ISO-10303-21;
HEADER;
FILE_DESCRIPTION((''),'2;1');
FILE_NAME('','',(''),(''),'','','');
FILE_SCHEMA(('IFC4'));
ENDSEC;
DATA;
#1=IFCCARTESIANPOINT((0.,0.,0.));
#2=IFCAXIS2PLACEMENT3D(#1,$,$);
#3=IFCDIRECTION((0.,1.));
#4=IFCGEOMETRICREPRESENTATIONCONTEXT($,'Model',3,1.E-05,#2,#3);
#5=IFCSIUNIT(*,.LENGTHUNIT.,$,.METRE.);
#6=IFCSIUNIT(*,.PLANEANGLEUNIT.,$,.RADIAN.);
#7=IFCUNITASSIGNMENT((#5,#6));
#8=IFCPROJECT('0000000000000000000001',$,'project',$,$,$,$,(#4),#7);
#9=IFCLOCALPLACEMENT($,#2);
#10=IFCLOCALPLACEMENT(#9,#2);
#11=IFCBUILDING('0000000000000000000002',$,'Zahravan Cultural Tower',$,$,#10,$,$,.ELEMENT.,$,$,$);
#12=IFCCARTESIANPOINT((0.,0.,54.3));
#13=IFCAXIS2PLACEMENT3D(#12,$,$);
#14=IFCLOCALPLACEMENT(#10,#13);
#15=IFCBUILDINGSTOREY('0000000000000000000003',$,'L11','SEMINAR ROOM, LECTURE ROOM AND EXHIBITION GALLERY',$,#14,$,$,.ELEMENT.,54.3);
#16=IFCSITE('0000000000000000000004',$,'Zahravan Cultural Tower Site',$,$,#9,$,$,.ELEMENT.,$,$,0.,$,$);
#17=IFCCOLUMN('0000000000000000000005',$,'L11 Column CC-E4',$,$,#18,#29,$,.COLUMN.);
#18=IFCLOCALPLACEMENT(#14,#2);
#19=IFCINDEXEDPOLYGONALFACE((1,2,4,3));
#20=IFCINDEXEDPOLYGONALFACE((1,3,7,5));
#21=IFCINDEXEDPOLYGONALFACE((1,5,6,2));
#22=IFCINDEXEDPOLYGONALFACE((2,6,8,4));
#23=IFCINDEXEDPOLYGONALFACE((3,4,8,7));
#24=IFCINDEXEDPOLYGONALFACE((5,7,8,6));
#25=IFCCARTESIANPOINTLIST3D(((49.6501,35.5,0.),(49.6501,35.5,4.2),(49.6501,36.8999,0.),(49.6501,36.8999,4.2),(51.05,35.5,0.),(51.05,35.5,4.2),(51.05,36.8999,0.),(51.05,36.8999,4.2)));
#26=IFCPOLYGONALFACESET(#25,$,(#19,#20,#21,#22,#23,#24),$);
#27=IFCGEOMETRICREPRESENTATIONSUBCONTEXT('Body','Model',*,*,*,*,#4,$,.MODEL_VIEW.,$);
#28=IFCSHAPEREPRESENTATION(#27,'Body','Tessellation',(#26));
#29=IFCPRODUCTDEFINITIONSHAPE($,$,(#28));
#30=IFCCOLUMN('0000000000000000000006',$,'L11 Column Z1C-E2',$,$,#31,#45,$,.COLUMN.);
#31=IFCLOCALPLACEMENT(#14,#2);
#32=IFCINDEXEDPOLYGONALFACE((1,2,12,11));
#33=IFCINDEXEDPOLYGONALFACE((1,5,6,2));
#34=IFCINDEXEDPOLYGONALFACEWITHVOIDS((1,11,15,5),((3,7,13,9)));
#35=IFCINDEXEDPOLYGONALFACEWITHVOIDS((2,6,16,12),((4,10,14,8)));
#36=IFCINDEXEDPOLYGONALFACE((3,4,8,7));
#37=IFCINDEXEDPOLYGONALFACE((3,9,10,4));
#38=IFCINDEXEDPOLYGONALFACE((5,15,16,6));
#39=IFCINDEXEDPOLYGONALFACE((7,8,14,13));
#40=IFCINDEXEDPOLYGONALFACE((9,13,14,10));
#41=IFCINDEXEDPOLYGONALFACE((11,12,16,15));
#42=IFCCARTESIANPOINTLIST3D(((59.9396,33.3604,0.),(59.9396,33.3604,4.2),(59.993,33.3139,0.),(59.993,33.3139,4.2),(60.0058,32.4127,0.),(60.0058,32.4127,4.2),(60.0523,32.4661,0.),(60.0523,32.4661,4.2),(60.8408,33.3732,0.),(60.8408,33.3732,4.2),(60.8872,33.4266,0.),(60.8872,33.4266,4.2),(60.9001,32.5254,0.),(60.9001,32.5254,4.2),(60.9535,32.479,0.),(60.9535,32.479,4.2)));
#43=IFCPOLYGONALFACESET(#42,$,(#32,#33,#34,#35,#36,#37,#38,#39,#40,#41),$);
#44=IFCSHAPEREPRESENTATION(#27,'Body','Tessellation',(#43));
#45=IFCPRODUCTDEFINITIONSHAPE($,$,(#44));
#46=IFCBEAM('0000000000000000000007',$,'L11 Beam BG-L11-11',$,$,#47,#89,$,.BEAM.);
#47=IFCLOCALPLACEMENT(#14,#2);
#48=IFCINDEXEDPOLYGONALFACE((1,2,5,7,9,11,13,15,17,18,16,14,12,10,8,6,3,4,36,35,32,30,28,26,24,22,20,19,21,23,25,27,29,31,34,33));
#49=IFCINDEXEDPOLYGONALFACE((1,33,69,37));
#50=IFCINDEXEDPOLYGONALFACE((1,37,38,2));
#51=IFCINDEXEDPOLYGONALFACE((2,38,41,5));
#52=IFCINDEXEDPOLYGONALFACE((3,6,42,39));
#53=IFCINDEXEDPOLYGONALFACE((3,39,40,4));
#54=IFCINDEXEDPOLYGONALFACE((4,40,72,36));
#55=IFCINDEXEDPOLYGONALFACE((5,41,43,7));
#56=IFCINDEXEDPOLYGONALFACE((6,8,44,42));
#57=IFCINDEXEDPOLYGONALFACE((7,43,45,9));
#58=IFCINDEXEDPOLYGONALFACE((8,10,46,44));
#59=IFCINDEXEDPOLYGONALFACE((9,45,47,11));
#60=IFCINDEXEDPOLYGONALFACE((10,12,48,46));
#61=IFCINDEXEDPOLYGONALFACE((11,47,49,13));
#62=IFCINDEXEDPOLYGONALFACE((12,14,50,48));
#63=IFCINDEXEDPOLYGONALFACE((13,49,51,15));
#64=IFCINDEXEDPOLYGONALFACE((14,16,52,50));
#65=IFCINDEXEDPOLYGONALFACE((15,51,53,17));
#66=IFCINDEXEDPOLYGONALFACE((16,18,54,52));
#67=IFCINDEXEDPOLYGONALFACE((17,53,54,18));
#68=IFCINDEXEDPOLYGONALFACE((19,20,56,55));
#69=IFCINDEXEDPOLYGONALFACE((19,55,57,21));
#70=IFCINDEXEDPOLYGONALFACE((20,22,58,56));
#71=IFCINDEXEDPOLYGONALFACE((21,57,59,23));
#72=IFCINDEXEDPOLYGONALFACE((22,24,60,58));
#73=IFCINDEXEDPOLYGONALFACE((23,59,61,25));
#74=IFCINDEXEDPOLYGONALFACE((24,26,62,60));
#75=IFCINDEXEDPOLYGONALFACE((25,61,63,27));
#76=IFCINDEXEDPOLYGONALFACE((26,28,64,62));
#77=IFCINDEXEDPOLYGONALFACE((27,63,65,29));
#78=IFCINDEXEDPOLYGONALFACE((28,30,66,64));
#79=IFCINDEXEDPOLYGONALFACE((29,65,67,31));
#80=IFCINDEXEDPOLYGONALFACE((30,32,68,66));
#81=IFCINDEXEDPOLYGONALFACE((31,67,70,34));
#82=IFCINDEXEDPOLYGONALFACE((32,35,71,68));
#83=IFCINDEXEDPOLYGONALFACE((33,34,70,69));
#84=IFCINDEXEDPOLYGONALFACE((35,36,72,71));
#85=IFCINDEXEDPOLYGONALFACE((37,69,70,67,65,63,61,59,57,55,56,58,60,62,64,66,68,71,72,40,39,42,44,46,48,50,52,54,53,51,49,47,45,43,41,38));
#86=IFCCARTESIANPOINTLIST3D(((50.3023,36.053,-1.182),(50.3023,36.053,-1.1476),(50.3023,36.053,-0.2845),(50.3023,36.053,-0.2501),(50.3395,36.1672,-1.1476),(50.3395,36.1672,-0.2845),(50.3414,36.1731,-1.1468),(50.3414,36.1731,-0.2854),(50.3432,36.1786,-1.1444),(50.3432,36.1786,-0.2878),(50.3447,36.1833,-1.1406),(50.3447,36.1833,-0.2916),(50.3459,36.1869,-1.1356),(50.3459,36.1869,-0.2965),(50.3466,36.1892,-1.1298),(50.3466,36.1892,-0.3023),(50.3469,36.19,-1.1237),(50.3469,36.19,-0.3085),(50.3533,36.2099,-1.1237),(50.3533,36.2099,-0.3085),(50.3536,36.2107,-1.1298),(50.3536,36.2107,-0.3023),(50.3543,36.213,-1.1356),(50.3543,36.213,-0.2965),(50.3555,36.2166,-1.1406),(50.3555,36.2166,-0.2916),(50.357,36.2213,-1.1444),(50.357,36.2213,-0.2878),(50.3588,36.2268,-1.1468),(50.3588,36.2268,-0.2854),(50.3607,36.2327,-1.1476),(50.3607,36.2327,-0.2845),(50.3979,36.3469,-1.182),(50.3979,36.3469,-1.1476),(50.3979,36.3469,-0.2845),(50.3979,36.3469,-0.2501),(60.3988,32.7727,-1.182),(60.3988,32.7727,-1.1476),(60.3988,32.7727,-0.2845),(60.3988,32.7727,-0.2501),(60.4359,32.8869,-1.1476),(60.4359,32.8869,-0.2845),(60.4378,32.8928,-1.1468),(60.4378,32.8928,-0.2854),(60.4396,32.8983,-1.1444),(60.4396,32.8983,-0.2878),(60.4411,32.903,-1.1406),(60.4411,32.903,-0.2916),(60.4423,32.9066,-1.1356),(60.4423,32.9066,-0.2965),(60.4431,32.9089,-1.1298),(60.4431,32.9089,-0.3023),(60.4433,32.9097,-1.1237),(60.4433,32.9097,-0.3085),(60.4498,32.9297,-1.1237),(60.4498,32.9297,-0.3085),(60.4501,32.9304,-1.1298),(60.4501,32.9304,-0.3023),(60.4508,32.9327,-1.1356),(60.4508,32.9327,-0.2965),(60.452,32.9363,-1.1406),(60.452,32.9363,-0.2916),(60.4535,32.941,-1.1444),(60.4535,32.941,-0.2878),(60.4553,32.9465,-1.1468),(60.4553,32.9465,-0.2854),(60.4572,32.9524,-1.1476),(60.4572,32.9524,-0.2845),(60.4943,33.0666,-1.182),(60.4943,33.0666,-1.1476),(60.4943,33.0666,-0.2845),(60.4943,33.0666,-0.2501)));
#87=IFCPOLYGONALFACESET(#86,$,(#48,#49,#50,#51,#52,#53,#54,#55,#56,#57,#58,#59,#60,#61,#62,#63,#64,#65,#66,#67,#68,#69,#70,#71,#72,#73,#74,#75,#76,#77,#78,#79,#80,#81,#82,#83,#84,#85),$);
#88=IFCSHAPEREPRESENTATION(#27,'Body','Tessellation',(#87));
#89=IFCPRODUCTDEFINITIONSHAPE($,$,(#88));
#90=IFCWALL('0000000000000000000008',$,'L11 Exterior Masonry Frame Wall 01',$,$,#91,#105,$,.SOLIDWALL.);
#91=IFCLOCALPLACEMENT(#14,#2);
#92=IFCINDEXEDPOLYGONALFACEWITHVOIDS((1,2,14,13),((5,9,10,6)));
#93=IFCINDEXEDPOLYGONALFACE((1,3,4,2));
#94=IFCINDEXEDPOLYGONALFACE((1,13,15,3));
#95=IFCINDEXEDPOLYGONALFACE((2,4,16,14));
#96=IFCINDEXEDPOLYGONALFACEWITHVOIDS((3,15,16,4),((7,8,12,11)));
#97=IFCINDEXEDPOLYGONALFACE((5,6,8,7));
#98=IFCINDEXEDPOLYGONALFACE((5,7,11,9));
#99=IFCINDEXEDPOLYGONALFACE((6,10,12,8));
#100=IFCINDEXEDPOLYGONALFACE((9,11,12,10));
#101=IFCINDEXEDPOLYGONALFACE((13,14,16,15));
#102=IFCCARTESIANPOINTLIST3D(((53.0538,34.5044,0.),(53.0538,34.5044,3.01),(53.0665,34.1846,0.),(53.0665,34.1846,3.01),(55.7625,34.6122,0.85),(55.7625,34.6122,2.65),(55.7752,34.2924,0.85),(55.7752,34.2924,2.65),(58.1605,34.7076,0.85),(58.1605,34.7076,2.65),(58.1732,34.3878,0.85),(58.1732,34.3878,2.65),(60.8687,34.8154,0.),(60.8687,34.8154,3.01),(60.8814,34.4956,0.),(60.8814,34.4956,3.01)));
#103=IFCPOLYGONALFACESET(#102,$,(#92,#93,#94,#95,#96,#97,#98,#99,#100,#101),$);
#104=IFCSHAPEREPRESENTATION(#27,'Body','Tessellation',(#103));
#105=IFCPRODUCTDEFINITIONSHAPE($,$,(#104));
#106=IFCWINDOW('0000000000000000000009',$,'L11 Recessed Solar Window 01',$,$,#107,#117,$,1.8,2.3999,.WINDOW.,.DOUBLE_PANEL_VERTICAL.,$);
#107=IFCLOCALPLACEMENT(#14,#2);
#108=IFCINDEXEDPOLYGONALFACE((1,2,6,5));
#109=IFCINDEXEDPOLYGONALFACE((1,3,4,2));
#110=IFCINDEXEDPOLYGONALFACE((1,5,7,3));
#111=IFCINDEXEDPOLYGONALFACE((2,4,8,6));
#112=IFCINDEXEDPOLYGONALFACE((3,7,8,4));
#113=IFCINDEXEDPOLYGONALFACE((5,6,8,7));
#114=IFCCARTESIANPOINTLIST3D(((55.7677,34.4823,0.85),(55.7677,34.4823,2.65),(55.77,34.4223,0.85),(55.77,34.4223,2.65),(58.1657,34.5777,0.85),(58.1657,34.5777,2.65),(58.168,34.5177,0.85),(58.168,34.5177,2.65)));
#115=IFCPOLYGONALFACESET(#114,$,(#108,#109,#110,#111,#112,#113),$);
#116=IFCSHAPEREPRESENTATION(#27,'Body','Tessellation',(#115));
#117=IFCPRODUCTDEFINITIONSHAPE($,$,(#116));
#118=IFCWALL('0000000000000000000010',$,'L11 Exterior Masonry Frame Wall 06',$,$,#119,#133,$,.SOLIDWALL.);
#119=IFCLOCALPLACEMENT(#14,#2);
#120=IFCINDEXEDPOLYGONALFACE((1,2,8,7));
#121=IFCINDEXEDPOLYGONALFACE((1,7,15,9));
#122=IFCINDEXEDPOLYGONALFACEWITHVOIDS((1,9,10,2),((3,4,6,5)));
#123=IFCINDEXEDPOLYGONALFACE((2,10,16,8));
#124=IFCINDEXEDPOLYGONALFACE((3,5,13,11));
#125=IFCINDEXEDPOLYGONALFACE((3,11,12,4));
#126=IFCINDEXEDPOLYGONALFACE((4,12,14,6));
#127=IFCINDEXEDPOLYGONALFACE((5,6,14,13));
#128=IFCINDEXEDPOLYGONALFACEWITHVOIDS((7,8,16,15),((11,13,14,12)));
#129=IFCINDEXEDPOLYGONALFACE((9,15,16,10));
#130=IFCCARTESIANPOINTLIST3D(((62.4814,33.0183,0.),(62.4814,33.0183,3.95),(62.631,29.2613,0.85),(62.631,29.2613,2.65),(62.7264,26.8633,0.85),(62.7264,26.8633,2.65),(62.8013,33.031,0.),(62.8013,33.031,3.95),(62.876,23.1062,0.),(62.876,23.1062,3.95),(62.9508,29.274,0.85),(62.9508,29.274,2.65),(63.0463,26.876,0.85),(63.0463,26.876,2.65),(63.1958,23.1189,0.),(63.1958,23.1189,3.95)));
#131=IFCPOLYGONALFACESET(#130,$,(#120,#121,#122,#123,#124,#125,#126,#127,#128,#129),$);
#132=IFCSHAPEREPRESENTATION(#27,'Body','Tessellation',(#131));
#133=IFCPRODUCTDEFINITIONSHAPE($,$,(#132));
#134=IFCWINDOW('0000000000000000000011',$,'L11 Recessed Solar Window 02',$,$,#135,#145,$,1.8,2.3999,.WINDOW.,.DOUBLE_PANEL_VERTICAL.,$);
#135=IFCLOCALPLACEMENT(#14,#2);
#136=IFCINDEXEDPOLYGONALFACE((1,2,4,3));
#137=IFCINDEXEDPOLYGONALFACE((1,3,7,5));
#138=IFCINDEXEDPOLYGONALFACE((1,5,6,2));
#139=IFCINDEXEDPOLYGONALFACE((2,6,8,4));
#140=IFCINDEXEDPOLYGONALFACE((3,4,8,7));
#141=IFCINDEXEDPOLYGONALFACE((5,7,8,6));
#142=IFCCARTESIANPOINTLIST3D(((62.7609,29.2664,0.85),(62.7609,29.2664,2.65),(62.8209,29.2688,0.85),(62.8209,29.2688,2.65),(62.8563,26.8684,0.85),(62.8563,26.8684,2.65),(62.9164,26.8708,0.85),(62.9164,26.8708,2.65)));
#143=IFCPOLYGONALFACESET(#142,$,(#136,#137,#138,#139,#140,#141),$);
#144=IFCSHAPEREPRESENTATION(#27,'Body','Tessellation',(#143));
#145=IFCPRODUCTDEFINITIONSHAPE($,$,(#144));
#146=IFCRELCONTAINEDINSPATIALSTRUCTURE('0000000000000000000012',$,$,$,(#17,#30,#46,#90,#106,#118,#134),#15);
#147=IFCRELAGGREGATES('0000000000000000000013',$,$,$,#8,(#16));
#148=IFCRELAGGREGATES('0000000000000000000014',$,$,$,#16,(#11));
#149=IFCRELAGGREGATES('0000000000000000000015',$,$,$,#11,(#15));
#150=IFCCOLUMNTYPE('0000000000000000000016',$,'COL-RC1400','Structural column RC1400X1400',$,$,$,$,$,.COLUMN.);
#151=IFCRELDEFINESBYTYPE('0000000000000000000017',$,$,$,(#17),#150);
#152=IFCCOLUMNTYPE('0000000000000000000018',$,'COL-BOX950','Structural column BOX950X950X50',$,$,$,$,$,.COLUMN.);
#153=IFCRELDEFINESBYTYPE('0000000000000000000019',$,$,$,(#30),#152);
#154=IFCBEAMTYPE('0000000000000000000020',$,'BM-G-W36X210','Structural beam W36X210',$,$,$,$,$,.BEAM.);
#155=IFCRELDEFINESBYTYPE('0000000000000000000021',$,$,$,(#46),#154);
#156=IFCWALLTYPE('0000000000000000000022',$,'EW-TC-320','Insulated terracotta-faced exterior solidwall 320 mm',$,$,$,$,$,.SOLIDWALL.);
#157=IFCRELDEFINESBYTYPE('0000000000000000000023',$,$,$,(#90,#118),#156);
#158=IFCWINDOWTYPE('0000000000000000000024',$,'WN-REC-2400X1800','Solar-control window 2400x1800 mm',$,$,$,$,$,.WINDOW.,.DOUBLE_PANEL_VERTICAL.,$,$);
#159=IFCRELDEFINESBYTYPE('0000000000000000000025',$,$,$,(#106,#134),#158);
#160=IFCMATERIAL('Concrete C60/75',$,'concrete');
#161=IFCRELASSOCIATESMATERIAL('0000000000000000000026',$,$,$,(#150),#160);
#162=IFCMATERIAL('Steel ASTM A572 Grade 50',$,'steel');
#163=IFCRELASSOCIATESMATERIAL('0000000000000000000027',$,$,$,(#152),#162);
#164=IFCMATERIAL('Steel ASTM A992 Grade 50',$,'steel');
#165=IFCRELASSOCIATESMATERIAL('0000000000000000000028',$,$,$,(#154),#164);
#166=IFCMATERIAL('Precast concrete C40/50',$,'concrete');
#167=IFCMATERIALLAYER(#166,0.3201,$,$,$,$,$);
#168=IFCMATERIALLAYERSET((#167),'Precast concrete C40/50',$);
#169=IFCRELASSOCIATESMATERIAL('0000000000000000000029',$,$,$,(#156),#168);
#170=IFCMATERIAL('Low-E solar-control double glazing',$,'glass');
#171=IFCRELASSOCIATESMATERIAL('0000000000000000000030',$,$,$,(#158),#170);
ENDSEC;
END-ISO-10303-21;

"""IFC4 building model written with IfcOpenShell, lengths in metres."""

from ifc_helpers import new_model, si_unit, direction, frame, frame_2d, origin, origin_2d, place, context, subcontext, project, spatial, rectangle, hollow_rectangle, i_section, extrude, source, transform, mapped, material, layer, layer_set, material_profile, profile_set, type_object, element, fill, save


model = new_model("IFC4")

# Units and contexts
model_context = context("Model", 3, precision=1e-05, world=origin(), true_north=direction((0.0, 1.0)))
body_context = subcontext(model_context, "Body", "Model", "MODEL_VIEW")
ifc_project = project(units=[si_unit("LENGTHUNIT", "METRE"), si_unit("PLANEANGLEUNIT", "RADIAN")], contexts=[model_context])

# Site, building, storey
site_placement = place(None, origin())
site = spatial("IfcSite", under=ifc_project, at=site_placement, Name="Zahravan Cultural Tower Site", CompositionType="ELEMENT", RefElevation=0.0)
building_placement = place(site_placement, origin())
building = spatial("IfcBuilding", under=site, at=building_placement, Name="Zahravan Cultural Tower", CompositionType="ELEMENT")
storey_placement = place(building_placement, frame((0.0, 0.0, 54.3)))
storey = spatial("IfcBuildingStorey", under=building, at=storey_placement, Name="L11", Description="SEMINAR ROOM, LECTURE ROOM AND EXHIBITION GALLERY", CompositionType="ELEMENT", Elevation=54.3)

# Columns
ifc_material_1 = material(Name="Concrete C60/75", Category="concrete")
ifc_material_profile_1 = material_profile(ifc_material_1, rectangle(XDim=1.3999, YDim=1.3999, at=origin_2d()), Name="RC1400X1400")
ifc_profile_set_1 = profile_set([ifc_material_profile_1], Name="Concrete C60/75")
column_type_1 = type_object("IfcColumnType", Name="COL-RC1400", Description="Structural column RC1400X1400", PredefinedType="COLUMN", material=ifc_profile_set_1)
shared_shape_1 = source(origin(), body_context, "Body", "SweptSolid", [
    extrude(rectangle(XDim=1.3999, YDim=1.3999, at=origin_2d()), origin(), (0.0, 0.0, 1.0), 4.2),
])
column_1_placement = place(storey_placement, frame((50.3501, 36.2, 0.0), z_axis=(0.0, 0.0, 1.0), x_axis=(1.0, 0.0, 0.0)))
element("IfcColumn", 1, at=column_1_placement, inside=storey, type_object=column_type_1, Name="L11 Column CC-E4", PredefinedType="COLUMN", context=body_context, shape_type="MappedRepresentation", body=[
    mapped(shared_shape_1, transform((0.0, 0.0, 0.0), x_axis=(1.0, 0.0, 0.0), y_axis=(0.0, 1.0, 0.0), z_axis=(0.0, 0.0, 1.0), scale=1.0)),
])
ifc_material_2 = material(Name="Steel ASTM A572 Grade 50", Category="steel")
ifc_material_profile_2 = material_profile(ifc_material_2, hollow_rectangle(XDim=0.95, YDim=0.95, WallThickness=0.05, at=origin_2d()), Name="BOX950X950X50")
ifc_profile_set_2 = profile_set([ifc_material_profile_2], Name="Steel ASTM A572 Grade 50")
column_type_2 = type_object("IfcColumnType", Name="COL-BOX950", Description="Structural column BOX950X950X50", PredefinedType="COLUMN", material=ifc_profile_set_2)
shared_shape_2 = source(origin(), body_context, "Body", "SweptSolid", [
    extrude(hollow_rectangle(XDim=0.95, YDim=0.95, WallThickness=0.05, at=origin_2d()), origin(), (0.0, 0.0, 1.0), 4.2),
])
column_2_placement = place(storey_placement, frame((60.4465, 32.9197, 0.0), z_axis=(0.0, 0.0, 1.0), x_axis=(0.997564, 0.069756, 0.0)))
element("IfcColumn", 2, at=column_2_placement, inside=storey, type_object=column_type_2, Name="L11 Column Z1C-E2", PredefinedType="COLUMN", context=body_context, shape_type="MappedRepresentation", body=[
    mapped(shared_shape_2, transform((0.0, 0.0, 0.0), x_axis=(1.0, 0.0, 0.0), y_axis=(0.0, 1.0, 0.0), z_axis=(0.0, 0.0, 1.0), scale=1.0)),
])

# Beam
ifc_material_3 = material(Name="Steel ASTM A992 Grade 50", Category="steel")
ifc_material_profile_3 = material_profile(ifc_material_3, i_section(OverallWidth=0.3091, OverallDepth=0.9319, WebThickness=0.021, FlangeThickness=0.0344, FilletRadius=0.0239, at=origin_2d()), Name="W36X210")
ifc_profile_set_3 = profile_set([ifc_material_profile_3], Name="Steel ASTM A992 Grade 50")
beam_type = type_object("IfcBeamType", Name="BM-G-W36X210", Description="Structural beam W36X210", PredefinedType="BEAM", material=ifc_profile_set_3)
shared_shape_3 = source(origin(), body_context, "Body", "SweptSolid", [
    extrude(i_section(OverallWidth=0.3091, OverallDepth=0.9319, WebThickness=0.021, FlangeThickness=0.0344, FilletRadius=0.0239, at=origin_2d()), origin(), (0.0, 0.0, 1.0), 10.616),
])
beam_placement = place(storey_placement, frame((50.3501, 36.2, -0.7161), z_axis=(0.951064, -0.308995, 0.0), x_axis=(0.308995, 0.951064, 0.0)))
element("IfcBeam", 3, at=beam_placement, inside=storey, type_object=beam_type, Name="L11 Beam BG-L11-11", PredefinedType="BEAM", context=body_context, shape_type="MappedRepresentation", body=[
    mapped(shared_shape_3, transform((0.0, 0.0, 0.0), x_axis=(1.0, 0.0, 0.0), y_axis=(0.0, 1.0, 0.0), z_axis=(0.0, 0.0, 1.0), scale=1.0)),
])

# Walls, openings, windows
ifc_material_4 = material(Name="Precast concrete C40/50", Category="concrete")
ifc_layer_1 = layer(ifc_material_4, 0.3201)
ifc_layer_set_1 = layer_set([ifc_layer_1], Name="Precast concrete C40/50")
wall_type_1 = type_object("IfcWallType", Name="EW-TC-320", Description="Insulated terracotta-faced exterior solidwall 320 mm", PredefinedType="SOLIDWALL", material=ifc_layer_set_1)
wall_1_placement = place(storey_placement, frame((53.0601, 34.3445, 0.0), z_axis=(0.0, 0.0, 1.0), x_axis=(0.999209, 0.039769, 0.0)))
wall_1 = element("IfcWall", 4, at=wall_1_placement, inside=storey, type_object=wall_type_1, Name="L11 Exterior Masonry Frame Wall 01", PredefinedType="SOLIDWALL", context=body_context, shape_type="SweptSolid", body=[
    extrude(rectangle(XDim=7.821, YDim=0.3201, at=frame_2d((3.9106, 0.0))), origin(), (0.0, 0.0, 1.0), 3.01),
])
opening_1_placement = place(wall_1_placement, frame((2.7109, 0.0, 0.8501)))
opening_1 = element("IfcOpeningElement", 5, at=opening_1_placement, cuts=wall_1, PredefinedType="OPENING", context=body_context, shape_type="SweptSolid", body=[
    extrude(rectangle(XDim=2.3999, YDim=1.8, at=frame_2d((1.2, 0.8999))), frame((0.0, 0.1699, 0.0), z_axis=(0.0, -1.0, 0.0), x_axis=(1.0, 0.0, 0.0)), (0.0, 0.0, 1.0), 0.3401),
])
ifc_material_5 = material(Name="Low-E solar-control double glazing", Category="glass")
window_type = type_object("IfcWindowType", Name="WN-REC-2400X1800", Description="Solar-control window 2400x1800 mm", PartitioningType="DOUBLE_PANEL_VERTICAL", PredefinedType="WINDOW", material=ifc_material_5)
shared_shape_4 = source(origin(), body_context, "Body", "SweptSolid", [
    extrude(rectangle(XDim=2.3999, YDim=1.8, at=frame_2d((1.2, 0.8999))), frame((0.0, 0.03, 0.0), z_axis=(0.0, -1.0, 0.0), x_axis=(1.0, 0.0, 0.0)), (0.0, 0.0, 1.0), 0.0601),
])
window_1_placement = place(opening_1_placement, origin())
window_1 = element("IfcWindow", 6, at=window_1_placement, inside=storey, type_object=window_type, Name="L11 Recessed Solar Window 01", OverallHeight=1.8, OverallWidth=2.3999, PartitioningType="DOUBLE_PANEL_VERTICAL", PredefinedType="WINDOW", context=body_context, shape_type="MappedRepresentation", body=[
    mapped(shared_shape_4, transform((0.0, 0.0, 0.0), x_axis=(1.0, 0.0, 0.0), y_axis=(0.0, 1.0, 0.0), z_axis=(0.0, 0.0, 1.0), scale=1.0)),
])
fill(opening_1, window_1)
wall_2_placement = place(storey_placement, frame((62.6414, 33.0247, 0.0), z_axis=(0.0, 0.0, 1.0), x_axis=(0.039771, -0.999209, 0.0)))
wall_2 = element("IfcWall", 7, at=wall_2_placement, inside=storey, type_object=wall_type_1, Name="L11 Exterior Masonry Frame Wall 06", PredefinedType="SOLIDWALL", context=body_context, shape_type="SweptSolid", body=[
    extrude(rectangle(XDim=9.9199, YDim=0.3201, at=frame_2d((4.96, 0.0))), origin(), (0.0, 0.0, 1.0), 3.95),
])
opening_2_placement = place(wall_2_placement, frame((3.76, 0.0, 0.8501)))
opening_2 = element("IfcOpeningElement", 8, at=opening_2_placement, cuts=wall_2, PredefinedType="OPENING", context=body_context, shape_type="SweptSolid", body=[
    extrude(rectangle(XDim=2.3999, YDim=1.8, at=frame_2d((1.2, 0.8999))), frame((0.0, 0.1699, 0.0), z_axis=(0.0, -1.0, 0.0), x_axis=(1.0, 0.0, 0.0)), (0.0, 0.0, 1.0), 0.3401),
])
window_2_placement = place(opening_2_placement, origin())
window_2 = element("IfcWindow", 9, at=window_2_placement, inside=storey, type_object=window_type, Name="L11 Recessed Solar Window 02", OverallHeight=1.8, OverallWidth=2.3999, PartitioningType="DOUBLE_PANEL_VERTICAL", PredefinedType="WINDOW", context=body_context, shape_type="MappedRepresentation", body=[
    mapped(shared_shape_4, transform((0.0, 0.0, 0.0), x_axis=(1.0, 0.0, 0.0), y_axis=(0.0, 1.0, 0.0), z_axis=(0.0, 0.0, 1.0), scale=1.0)),
])
fill(opening_2, window_2)

save(model, "model.ifc")
